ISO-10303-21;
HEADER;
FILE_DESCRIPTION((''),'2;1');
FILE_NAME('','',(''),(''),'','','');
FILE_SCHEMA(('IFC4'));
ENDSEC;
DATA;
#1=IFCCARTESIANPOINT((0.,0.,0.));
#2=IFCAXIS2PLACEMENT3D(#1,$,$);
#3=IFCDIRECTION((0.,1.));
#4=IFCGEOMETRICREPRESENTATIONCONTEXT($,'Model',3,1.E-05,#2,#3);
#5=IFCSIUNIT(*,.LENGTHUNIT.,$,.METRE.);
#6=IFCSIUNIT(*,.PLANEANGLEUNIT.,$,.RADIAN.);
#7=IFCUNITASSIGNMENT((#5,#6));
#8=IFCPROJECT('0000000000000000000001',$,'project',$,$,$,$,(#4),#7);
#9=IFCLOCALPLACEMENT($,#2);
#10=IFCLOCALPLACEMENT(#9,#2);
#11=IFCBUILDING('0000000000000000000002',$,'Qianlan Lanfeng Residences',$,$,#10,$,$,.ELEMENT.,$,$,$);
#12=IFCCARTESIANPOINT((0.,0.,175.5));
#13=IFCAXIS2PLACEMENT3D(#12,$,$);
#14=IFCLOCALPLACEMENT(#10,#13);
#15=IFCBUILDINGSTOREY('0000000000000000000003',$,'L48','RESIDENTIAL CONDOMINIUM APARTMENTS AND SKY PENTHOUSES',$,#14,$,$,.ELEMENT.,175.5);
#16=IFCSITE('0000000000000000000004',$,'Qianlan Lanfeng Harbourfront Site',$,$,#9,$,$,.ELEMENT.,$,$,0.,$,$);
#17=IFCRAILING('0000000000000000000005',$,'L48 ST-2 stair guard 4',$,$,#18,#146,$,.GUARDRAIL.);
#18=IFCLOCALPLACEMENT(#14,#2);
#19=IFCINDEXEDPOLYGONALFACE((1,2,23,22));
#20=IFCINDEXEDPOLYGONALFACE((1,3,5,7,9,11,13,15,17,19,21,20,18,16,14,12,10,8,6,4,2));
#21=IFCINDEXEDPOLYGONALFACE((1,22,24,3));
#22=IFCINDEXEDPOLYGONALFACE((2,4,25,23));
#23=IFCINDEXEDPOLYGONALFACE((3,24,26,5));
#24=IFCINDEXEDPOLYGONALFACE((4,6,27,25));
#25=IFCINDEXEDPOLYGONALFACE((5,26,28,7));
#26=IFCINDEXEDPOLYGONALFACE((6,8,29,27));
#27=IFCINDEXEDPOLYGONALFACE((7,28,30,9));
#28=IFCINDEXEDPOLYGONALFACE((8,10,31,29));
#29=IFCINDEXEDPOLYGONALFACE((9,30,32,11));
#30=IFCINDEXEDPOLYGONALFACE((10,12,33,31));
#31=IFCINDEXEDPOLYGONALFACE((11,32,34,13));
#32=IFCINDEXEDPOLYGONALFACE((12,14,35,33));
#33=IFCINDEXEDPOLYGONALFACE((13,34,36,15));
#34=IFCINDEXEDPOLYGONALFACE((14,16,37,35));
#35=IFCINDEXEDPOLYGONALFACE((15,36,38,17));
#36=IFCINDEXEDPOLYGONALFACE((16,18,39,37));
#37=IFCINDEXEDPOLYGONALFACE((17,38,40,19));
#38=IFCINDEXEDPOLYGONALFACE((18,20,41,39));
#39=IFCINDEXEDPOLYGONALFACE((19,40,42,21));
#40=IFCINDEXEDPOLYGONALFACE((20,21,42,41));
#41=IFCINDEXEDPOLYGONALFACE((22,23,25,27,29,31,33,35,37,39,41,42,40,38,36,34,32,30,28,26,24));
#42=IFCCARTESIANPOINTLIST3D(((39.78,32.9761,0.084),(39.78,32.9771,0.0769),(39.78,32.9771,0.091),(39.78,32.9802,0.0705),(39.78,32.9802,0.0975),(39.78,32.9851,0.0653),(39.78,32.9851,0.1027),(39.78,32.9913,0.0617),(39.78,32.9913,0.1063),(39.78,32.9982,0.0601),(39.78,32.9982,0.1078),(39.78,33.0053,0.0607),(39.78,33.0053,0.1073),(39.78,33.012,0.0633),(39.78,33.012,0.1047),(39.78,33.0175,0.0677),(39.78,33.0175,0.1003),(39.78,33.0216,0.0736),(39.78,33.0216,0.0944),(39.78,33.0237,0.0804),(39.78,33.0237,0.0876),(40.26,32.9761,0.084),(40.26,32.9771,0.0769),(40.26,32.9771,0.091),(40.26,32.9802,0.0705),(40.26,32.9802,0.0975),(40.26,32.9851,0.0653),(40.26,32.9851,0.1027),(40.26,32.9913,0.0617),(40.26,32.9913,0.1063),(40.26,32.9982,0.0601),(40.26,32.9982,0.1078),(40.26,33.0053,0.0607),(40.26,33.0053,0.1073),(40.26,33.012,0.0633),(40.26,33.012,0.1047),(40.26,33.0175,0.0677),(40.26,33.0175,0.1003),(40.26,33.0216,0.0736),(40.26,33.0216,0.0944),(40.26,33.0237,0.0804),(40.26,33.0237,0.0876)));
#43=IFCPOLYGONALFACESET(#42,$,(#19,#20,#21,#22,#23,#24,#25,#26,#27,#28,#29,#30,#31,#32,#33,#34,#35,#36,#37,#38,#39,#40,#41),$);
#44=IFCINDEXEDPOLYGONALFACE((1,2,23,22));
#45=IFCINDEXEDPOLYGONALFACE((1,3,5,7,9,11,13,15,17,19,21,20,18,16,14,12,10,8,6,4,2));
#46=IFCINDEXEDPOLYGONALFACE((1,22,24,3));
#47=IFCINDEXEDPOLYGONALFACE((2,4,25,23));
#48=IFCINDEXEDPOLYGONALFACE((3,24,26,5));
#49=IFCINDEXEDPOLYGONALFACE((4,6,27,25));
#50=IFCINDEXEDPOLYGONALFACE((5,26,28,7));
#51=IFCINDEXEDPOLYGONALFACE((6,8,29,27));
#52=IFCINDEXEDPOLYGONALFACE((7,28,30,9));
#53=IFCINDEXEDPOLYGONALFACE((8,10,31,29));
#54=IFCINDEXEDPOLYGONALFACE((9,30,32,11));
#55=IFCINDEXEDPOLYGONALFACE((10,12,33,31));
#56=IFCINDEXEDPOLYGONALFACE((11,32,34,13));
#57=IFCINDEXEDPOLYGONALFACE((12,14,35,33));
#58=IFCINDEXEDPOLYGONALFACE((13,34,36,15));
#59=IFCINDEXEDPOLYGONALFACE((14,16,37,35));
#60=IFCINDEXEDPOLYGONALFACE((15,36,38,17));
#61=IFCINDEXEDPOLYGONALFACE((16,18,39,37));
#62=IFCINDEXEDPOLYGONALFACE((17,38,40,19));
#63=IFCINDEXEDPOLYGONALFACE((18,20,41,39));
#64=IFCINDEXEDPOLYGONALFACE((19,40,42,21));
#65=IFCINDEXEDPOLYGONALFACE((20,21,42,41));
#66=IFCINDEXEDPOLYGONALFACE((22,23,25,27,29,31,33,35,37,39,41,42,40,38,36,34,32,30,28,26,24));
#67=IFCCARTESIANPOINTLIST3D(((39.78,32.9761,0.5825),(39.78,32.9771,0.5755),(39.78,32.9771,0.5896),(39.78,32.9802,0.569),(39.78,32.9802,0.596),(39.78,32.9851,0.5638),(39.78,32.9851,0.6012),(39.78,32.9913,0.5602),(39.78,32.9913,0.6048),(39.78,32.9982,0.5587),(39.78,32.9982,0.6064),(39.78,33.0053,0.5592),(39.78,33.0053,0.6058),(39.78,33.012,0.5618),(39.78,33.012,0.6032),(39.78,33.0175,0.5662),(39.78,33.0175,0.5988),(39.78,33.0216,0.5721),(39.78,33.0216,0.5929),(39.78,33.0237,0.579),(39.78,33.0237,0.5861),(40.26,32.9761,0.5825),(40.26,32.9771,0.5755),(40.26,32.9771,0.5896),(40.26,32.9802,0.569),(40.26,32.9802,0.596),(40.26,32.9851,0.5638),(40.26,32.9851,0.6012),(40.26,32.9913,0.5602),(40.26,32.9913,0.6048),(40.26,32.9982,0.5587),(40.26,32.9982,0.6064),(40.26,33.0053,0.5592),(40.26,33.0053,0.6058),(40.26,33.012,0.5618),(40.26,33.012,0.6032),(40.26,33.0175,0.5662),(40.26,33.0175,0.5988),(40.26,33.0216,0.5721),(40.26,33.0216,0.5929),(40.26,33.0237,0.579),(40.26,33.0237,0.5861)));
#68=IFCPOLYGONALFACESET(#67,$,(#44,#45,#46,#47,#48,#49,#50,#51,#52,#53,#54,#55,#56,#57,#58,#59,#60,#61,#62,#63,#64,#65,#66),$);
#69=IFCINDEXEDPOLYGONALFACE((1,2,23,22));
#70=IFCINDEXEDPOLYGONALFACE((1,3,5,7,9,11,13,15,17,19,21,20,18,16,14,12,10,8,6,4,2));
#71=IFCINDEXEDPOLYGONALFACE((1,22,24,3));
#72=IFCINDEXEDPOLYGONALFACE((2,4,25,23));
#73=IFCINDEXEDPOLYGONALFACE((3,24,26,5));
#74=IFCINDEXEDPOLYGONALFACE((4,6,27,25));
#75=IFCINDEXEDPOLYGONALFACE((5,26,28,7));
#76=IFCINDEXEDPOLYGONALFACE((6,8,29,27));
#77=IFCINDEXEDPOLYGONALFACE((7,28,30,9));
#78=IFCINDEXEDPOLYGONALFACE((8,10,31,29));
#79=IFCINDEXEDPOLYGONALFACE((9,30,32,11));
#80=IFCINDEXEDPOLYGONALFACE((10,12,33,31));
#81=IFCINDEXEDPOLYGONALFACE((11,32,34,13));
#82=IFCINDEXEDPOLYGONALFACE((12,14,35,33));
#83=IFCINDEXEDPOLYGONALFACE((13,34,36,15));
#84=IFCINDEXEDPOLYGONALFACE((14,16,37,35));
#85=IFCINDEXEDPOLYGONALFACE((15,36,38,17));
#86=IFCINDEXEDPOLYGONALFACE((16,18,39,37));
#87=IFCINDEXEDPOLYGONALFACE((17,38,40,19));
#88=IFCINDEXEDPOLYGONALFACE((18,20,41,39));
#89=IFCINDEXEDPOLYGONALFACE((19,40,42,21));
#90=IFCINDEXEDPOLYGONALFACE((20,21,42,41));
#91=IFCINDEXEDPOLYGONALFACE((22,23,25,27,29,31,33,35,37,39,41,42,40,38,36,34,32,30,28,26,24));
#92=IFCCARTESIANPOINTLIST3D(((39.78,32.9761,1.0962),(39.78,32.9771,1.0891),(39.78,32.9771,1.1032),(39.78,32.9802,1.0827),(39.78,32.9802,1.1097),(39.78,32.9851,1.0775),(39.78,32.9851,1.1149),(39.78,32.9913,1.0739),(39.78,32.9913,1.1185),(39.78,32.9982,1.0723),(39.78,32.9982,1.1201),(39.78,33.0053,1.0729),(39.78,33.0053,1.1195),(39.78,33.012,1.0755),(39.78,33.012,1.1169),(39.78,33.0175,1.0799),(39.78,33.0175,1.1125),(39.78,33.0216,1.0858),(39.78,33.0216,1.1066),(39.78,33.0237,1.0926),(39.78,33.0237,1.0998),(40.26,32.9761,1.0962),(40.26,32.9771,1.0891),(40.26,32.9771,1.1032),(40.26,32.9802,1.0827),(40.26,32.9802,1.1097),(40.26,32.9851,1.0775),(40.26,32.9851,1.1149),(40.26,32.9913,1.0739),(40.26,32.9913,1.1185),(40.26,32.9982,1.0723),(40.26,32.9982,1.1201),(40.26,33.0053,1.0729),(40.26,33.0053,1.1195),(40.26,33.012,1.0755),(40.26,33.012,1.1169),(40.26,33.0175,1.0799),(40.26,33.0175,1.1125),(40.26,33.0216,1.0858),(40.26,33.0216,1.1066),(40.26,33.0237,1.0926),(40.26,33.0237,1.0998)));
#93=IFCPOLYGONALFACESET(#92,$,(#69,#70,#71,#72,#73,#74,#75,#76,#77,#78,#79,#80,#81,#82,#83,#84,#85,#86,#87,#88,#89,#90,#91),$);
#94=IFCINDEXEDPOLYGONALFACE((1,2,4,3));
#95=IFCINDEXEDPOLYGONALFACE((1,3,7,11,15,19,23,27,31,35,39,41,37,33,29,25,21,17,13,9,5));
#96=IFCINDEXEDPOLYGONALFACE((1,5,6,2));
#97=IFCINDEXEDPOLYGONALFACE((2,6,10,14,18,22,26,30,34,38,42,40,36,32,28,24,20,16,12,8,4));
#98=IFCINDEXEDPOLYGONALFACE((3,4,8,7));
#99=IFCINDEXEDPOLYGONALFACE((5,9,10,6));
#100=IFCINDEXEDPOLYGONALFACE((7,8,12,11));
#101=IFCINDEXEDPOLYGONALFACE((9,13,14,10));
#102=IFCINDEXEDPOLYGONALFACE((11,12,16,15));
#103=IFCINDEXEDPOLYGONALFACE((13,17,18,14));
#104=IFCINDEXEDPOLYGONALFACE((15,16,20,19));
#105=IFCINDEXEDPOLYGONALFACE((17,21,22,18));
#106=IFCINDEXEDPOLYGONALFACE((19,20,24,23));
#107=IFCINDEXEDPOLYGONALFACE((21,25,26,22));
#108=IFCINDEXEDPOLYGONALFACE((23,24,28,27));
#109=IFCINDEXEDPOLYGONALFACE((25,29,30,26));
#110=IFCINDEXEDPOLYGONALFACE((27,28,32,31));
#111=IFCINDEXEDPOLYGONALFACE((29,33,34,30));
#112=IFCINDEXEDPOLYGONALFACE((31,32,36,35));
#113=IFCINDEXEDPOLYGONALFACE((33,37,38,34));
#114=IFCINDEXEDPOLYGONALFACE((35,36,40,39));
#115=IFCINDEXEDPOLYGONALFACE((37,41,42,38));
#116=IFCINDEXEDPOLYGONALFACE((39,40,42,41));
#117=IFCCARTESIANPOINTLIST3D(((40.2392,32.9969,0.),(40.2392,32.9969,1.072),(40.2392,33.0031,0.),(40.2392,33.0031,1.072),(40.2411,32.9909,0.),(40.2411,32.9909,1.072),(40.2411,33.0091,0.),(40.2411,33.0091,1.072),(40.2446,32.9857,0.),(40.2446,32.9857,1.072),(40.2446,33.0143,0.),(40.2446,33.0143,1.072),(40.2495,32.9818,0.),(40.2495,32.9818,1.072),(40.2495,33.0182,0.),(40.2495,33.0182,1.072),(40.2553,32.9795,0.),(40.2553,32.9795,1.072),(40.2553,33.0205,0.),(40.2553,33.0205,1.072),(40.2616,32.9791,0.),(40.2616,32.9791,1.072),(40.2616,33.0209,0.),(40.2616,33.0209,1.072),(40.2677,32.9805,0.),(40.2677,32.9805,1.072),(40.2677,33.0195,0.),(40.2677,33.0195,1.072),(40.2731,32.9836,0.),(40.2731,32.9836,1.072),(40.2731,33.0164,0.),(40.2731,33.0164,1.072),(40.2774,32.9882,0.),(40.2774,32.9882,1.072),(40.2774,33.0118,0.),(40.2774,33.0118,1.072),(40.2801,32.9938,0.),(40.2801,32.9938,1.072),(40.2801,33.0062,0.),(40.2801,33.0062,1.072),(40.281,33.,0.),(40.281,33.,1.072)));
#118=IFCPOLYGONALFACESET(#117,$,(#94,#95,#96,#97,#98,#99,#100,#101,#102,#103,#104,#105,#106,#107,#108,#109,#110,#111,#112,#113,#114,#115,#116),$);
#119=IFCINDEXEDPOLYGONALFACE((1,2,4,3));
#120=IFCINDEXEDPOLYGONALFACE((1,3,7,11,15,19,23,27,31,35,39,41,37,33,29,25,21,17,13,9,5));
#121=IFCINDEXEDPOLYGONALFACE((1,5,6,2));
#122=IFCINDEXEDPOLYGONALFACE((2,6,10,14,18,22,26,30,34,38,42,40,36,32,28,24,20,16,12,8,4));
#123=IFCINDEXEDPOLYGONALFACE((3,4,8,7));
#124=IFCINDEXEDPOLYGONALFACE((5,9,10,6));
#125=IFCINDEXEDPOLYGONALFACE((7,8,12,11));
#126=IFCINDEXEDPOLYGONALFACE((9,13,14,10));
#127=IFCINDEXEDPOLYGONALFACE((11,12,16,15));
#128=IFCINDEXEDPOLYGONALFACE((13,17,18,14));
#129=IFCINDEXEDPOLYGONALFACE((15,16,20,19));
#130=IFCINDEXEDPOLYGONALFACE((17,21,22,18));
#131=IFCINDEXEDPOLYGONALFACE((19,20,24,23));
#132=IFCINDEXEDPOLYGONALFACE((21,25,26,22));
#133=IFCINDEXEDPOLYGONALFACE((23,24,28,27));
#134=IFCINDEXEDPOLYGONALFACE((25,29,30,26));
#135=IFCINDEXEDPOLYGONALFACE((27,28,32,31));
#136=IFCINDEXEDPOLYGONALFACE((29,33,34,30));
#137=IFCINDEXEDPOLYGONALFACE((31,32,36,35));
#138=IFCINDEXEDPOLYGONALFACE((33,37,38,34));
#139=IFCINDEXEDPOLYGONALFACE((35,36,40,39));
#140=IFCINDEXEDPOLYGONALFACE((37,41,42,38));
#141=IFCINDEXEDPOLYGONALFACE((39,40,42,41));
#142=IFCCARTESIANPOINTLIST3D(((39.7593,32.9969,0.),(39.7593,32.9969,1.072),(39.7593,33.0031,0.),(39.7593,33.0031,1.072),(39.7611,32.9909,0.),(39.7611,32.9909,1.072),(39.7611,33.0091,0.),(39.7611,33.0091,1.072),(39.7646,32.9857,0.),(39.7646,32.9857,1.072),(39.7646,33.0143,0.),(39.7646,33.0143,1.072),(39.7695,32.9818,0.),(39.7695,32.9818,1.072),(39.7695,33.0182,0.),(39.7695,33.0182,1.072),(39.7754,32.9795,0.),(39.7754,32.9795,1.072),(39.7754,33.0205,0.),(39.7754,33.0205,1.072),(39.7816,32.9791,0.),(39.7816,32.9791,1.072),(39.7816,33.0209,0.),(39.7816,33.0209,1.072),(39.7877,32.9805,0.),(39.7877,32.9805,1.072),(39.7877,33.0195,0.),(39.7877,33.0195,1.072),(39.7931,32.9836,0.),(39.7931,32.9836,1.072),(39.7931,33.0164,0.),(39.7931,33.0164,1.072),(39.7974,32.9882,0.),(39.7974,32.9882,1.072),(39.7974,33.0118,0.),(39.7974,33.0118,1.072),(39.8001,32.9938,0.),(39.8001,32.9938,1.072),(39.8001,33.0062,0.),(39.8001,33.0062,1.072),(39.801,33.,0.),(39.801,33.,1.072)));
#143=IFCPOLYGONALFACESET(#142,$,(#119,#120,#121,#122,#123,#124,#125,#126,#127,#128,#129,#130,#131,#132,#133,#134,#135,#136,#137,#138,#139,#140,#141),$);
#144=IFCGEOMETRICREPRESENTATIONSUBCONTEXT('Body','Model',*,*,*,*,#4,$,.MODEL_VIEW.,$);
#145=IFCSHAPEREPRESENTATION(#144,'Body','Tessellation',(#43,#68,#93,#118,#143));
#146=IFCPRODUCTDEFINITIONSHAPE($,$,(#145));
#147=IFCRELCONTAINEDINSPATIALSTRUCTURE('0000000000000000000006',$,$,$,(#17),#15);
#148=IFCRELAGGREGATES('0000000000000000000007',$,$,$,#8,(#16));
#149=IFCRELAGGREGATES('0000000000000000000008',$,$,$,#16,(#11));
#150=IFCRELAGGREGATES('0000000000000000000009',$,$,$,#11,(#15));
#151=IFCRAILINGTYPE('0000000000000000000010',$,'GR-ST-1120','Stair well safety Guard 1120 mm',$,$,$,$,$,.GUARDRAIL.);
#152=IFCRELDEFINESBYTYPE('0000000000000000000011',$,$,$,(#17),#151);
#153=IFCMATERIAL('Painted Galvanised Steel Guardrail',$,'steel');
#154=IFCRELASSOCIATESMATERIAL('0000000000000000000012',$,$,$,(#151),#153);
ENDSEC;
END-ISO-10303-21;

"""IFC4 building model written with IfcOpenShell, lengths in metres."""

from ifc_helpers import new_model, si_unit, direction, frame, origin, origin_2d, place, context, subcontext, project, spatial, circle, extrude, material, type_object, element, save


model = new_model("IFC4")

# Units and contexts
model_context = context("Model", 3, precision=1e-05, world=origin(), true_north=direction((0.0, 1.0)))
body_context = subcontext(model_context, "Body", "Model", "MODEL_VIEW")
ifc_project = project(units=[si_unit("LENGTHUNIT", "METRE"), si_unit("PLANEANGLEUNIT", "RADIAN")], contexts=[model_context])

# Site, building, storey
site_placement = place(None, origin())
site = spatial("IfcSite", under=ifc_project, at=site_placement, Name="Qianlan Lanfeng Harbourfront Site", CompositionType="ELEMENT", RefElevation=0.0)
building_placement = place(site_placement, origin())
building = spatial("IfcBuilding", under=site, at=building_placement, Name="Qianlan Lanfeng Residences", CompositionType="ELEMENT")
storey_placement = place(building_placement, frame((0.0, 0.0, 175.5)))
storey = spatial("IfcBuildingStorey", under=building, at=storey_placement, Name="L48", Description="RESIDENTIAL CONDOMINIUM APARTMENTS AND SKY PENTHOUSES", CompositionType="ELEMENT", Elevation=175.5)

# Railing
ifc_material_1 = material(Name="Painted Galvanised Steel Guardrail", Category="steel")
railing_type_1 = type_object("IfcRailingType", Name="GR-ST-1120", Description="Stair well safety Guard 1120 mm", PredefinedType="GUARDRAIL", material=ifc_material_1)
railing_1_placement = place(storey_placement, frame((40.26, 33.0, 0.0)))
element("IfcRailing", 1, at=railing_1_placement, inside=storey, type_object=railing_type_1, Name="L48 ST-2 stair guard 4", PredefinedType="GUARDRAIL", context=body_context, shape_type="SweptSolid", body=[
    extrude(circle(Radius=0.0239, at=origin_2d()), frame((0.0, 0.0, 0.084), z_axis=(-1.0, 0.0, 0.0), x_axis=(0.0, -1.0, 0.0)), (0.0, 0.0, 1.0), 0.48),
    extrude(circle(Radius=0.0239, at=origin_2d()), frame((0.0, 0.0, 0.5825), z_axis=(-1.0, 0.0, 0.0), x_axis=(0.0, -1.0, 0.0)), (0.0, 0.0, 1.0), 0.48),
    extrude(circle(Radius=0.0239, at=origin_2d()), frame((0.0, 0.0, 1.0962), z_axis=(-1.0, 0.0, 0.0), x_axis=(0.0, -1.0, 0.0)), (0.0, 0.0, 1.0), 0.48),
    extrude(circle(Radius=0.021, at=origin_2d()), origin(), (0.0, 0.0, 1.0), 1.072),
    extrude(circle(Radius=0.021, at=origin_2d()), frame((-0.48, 0.0, 0.0)), (0.0, 0.0, 1.0), 1.072),
])

save(model, "model.ifc")
